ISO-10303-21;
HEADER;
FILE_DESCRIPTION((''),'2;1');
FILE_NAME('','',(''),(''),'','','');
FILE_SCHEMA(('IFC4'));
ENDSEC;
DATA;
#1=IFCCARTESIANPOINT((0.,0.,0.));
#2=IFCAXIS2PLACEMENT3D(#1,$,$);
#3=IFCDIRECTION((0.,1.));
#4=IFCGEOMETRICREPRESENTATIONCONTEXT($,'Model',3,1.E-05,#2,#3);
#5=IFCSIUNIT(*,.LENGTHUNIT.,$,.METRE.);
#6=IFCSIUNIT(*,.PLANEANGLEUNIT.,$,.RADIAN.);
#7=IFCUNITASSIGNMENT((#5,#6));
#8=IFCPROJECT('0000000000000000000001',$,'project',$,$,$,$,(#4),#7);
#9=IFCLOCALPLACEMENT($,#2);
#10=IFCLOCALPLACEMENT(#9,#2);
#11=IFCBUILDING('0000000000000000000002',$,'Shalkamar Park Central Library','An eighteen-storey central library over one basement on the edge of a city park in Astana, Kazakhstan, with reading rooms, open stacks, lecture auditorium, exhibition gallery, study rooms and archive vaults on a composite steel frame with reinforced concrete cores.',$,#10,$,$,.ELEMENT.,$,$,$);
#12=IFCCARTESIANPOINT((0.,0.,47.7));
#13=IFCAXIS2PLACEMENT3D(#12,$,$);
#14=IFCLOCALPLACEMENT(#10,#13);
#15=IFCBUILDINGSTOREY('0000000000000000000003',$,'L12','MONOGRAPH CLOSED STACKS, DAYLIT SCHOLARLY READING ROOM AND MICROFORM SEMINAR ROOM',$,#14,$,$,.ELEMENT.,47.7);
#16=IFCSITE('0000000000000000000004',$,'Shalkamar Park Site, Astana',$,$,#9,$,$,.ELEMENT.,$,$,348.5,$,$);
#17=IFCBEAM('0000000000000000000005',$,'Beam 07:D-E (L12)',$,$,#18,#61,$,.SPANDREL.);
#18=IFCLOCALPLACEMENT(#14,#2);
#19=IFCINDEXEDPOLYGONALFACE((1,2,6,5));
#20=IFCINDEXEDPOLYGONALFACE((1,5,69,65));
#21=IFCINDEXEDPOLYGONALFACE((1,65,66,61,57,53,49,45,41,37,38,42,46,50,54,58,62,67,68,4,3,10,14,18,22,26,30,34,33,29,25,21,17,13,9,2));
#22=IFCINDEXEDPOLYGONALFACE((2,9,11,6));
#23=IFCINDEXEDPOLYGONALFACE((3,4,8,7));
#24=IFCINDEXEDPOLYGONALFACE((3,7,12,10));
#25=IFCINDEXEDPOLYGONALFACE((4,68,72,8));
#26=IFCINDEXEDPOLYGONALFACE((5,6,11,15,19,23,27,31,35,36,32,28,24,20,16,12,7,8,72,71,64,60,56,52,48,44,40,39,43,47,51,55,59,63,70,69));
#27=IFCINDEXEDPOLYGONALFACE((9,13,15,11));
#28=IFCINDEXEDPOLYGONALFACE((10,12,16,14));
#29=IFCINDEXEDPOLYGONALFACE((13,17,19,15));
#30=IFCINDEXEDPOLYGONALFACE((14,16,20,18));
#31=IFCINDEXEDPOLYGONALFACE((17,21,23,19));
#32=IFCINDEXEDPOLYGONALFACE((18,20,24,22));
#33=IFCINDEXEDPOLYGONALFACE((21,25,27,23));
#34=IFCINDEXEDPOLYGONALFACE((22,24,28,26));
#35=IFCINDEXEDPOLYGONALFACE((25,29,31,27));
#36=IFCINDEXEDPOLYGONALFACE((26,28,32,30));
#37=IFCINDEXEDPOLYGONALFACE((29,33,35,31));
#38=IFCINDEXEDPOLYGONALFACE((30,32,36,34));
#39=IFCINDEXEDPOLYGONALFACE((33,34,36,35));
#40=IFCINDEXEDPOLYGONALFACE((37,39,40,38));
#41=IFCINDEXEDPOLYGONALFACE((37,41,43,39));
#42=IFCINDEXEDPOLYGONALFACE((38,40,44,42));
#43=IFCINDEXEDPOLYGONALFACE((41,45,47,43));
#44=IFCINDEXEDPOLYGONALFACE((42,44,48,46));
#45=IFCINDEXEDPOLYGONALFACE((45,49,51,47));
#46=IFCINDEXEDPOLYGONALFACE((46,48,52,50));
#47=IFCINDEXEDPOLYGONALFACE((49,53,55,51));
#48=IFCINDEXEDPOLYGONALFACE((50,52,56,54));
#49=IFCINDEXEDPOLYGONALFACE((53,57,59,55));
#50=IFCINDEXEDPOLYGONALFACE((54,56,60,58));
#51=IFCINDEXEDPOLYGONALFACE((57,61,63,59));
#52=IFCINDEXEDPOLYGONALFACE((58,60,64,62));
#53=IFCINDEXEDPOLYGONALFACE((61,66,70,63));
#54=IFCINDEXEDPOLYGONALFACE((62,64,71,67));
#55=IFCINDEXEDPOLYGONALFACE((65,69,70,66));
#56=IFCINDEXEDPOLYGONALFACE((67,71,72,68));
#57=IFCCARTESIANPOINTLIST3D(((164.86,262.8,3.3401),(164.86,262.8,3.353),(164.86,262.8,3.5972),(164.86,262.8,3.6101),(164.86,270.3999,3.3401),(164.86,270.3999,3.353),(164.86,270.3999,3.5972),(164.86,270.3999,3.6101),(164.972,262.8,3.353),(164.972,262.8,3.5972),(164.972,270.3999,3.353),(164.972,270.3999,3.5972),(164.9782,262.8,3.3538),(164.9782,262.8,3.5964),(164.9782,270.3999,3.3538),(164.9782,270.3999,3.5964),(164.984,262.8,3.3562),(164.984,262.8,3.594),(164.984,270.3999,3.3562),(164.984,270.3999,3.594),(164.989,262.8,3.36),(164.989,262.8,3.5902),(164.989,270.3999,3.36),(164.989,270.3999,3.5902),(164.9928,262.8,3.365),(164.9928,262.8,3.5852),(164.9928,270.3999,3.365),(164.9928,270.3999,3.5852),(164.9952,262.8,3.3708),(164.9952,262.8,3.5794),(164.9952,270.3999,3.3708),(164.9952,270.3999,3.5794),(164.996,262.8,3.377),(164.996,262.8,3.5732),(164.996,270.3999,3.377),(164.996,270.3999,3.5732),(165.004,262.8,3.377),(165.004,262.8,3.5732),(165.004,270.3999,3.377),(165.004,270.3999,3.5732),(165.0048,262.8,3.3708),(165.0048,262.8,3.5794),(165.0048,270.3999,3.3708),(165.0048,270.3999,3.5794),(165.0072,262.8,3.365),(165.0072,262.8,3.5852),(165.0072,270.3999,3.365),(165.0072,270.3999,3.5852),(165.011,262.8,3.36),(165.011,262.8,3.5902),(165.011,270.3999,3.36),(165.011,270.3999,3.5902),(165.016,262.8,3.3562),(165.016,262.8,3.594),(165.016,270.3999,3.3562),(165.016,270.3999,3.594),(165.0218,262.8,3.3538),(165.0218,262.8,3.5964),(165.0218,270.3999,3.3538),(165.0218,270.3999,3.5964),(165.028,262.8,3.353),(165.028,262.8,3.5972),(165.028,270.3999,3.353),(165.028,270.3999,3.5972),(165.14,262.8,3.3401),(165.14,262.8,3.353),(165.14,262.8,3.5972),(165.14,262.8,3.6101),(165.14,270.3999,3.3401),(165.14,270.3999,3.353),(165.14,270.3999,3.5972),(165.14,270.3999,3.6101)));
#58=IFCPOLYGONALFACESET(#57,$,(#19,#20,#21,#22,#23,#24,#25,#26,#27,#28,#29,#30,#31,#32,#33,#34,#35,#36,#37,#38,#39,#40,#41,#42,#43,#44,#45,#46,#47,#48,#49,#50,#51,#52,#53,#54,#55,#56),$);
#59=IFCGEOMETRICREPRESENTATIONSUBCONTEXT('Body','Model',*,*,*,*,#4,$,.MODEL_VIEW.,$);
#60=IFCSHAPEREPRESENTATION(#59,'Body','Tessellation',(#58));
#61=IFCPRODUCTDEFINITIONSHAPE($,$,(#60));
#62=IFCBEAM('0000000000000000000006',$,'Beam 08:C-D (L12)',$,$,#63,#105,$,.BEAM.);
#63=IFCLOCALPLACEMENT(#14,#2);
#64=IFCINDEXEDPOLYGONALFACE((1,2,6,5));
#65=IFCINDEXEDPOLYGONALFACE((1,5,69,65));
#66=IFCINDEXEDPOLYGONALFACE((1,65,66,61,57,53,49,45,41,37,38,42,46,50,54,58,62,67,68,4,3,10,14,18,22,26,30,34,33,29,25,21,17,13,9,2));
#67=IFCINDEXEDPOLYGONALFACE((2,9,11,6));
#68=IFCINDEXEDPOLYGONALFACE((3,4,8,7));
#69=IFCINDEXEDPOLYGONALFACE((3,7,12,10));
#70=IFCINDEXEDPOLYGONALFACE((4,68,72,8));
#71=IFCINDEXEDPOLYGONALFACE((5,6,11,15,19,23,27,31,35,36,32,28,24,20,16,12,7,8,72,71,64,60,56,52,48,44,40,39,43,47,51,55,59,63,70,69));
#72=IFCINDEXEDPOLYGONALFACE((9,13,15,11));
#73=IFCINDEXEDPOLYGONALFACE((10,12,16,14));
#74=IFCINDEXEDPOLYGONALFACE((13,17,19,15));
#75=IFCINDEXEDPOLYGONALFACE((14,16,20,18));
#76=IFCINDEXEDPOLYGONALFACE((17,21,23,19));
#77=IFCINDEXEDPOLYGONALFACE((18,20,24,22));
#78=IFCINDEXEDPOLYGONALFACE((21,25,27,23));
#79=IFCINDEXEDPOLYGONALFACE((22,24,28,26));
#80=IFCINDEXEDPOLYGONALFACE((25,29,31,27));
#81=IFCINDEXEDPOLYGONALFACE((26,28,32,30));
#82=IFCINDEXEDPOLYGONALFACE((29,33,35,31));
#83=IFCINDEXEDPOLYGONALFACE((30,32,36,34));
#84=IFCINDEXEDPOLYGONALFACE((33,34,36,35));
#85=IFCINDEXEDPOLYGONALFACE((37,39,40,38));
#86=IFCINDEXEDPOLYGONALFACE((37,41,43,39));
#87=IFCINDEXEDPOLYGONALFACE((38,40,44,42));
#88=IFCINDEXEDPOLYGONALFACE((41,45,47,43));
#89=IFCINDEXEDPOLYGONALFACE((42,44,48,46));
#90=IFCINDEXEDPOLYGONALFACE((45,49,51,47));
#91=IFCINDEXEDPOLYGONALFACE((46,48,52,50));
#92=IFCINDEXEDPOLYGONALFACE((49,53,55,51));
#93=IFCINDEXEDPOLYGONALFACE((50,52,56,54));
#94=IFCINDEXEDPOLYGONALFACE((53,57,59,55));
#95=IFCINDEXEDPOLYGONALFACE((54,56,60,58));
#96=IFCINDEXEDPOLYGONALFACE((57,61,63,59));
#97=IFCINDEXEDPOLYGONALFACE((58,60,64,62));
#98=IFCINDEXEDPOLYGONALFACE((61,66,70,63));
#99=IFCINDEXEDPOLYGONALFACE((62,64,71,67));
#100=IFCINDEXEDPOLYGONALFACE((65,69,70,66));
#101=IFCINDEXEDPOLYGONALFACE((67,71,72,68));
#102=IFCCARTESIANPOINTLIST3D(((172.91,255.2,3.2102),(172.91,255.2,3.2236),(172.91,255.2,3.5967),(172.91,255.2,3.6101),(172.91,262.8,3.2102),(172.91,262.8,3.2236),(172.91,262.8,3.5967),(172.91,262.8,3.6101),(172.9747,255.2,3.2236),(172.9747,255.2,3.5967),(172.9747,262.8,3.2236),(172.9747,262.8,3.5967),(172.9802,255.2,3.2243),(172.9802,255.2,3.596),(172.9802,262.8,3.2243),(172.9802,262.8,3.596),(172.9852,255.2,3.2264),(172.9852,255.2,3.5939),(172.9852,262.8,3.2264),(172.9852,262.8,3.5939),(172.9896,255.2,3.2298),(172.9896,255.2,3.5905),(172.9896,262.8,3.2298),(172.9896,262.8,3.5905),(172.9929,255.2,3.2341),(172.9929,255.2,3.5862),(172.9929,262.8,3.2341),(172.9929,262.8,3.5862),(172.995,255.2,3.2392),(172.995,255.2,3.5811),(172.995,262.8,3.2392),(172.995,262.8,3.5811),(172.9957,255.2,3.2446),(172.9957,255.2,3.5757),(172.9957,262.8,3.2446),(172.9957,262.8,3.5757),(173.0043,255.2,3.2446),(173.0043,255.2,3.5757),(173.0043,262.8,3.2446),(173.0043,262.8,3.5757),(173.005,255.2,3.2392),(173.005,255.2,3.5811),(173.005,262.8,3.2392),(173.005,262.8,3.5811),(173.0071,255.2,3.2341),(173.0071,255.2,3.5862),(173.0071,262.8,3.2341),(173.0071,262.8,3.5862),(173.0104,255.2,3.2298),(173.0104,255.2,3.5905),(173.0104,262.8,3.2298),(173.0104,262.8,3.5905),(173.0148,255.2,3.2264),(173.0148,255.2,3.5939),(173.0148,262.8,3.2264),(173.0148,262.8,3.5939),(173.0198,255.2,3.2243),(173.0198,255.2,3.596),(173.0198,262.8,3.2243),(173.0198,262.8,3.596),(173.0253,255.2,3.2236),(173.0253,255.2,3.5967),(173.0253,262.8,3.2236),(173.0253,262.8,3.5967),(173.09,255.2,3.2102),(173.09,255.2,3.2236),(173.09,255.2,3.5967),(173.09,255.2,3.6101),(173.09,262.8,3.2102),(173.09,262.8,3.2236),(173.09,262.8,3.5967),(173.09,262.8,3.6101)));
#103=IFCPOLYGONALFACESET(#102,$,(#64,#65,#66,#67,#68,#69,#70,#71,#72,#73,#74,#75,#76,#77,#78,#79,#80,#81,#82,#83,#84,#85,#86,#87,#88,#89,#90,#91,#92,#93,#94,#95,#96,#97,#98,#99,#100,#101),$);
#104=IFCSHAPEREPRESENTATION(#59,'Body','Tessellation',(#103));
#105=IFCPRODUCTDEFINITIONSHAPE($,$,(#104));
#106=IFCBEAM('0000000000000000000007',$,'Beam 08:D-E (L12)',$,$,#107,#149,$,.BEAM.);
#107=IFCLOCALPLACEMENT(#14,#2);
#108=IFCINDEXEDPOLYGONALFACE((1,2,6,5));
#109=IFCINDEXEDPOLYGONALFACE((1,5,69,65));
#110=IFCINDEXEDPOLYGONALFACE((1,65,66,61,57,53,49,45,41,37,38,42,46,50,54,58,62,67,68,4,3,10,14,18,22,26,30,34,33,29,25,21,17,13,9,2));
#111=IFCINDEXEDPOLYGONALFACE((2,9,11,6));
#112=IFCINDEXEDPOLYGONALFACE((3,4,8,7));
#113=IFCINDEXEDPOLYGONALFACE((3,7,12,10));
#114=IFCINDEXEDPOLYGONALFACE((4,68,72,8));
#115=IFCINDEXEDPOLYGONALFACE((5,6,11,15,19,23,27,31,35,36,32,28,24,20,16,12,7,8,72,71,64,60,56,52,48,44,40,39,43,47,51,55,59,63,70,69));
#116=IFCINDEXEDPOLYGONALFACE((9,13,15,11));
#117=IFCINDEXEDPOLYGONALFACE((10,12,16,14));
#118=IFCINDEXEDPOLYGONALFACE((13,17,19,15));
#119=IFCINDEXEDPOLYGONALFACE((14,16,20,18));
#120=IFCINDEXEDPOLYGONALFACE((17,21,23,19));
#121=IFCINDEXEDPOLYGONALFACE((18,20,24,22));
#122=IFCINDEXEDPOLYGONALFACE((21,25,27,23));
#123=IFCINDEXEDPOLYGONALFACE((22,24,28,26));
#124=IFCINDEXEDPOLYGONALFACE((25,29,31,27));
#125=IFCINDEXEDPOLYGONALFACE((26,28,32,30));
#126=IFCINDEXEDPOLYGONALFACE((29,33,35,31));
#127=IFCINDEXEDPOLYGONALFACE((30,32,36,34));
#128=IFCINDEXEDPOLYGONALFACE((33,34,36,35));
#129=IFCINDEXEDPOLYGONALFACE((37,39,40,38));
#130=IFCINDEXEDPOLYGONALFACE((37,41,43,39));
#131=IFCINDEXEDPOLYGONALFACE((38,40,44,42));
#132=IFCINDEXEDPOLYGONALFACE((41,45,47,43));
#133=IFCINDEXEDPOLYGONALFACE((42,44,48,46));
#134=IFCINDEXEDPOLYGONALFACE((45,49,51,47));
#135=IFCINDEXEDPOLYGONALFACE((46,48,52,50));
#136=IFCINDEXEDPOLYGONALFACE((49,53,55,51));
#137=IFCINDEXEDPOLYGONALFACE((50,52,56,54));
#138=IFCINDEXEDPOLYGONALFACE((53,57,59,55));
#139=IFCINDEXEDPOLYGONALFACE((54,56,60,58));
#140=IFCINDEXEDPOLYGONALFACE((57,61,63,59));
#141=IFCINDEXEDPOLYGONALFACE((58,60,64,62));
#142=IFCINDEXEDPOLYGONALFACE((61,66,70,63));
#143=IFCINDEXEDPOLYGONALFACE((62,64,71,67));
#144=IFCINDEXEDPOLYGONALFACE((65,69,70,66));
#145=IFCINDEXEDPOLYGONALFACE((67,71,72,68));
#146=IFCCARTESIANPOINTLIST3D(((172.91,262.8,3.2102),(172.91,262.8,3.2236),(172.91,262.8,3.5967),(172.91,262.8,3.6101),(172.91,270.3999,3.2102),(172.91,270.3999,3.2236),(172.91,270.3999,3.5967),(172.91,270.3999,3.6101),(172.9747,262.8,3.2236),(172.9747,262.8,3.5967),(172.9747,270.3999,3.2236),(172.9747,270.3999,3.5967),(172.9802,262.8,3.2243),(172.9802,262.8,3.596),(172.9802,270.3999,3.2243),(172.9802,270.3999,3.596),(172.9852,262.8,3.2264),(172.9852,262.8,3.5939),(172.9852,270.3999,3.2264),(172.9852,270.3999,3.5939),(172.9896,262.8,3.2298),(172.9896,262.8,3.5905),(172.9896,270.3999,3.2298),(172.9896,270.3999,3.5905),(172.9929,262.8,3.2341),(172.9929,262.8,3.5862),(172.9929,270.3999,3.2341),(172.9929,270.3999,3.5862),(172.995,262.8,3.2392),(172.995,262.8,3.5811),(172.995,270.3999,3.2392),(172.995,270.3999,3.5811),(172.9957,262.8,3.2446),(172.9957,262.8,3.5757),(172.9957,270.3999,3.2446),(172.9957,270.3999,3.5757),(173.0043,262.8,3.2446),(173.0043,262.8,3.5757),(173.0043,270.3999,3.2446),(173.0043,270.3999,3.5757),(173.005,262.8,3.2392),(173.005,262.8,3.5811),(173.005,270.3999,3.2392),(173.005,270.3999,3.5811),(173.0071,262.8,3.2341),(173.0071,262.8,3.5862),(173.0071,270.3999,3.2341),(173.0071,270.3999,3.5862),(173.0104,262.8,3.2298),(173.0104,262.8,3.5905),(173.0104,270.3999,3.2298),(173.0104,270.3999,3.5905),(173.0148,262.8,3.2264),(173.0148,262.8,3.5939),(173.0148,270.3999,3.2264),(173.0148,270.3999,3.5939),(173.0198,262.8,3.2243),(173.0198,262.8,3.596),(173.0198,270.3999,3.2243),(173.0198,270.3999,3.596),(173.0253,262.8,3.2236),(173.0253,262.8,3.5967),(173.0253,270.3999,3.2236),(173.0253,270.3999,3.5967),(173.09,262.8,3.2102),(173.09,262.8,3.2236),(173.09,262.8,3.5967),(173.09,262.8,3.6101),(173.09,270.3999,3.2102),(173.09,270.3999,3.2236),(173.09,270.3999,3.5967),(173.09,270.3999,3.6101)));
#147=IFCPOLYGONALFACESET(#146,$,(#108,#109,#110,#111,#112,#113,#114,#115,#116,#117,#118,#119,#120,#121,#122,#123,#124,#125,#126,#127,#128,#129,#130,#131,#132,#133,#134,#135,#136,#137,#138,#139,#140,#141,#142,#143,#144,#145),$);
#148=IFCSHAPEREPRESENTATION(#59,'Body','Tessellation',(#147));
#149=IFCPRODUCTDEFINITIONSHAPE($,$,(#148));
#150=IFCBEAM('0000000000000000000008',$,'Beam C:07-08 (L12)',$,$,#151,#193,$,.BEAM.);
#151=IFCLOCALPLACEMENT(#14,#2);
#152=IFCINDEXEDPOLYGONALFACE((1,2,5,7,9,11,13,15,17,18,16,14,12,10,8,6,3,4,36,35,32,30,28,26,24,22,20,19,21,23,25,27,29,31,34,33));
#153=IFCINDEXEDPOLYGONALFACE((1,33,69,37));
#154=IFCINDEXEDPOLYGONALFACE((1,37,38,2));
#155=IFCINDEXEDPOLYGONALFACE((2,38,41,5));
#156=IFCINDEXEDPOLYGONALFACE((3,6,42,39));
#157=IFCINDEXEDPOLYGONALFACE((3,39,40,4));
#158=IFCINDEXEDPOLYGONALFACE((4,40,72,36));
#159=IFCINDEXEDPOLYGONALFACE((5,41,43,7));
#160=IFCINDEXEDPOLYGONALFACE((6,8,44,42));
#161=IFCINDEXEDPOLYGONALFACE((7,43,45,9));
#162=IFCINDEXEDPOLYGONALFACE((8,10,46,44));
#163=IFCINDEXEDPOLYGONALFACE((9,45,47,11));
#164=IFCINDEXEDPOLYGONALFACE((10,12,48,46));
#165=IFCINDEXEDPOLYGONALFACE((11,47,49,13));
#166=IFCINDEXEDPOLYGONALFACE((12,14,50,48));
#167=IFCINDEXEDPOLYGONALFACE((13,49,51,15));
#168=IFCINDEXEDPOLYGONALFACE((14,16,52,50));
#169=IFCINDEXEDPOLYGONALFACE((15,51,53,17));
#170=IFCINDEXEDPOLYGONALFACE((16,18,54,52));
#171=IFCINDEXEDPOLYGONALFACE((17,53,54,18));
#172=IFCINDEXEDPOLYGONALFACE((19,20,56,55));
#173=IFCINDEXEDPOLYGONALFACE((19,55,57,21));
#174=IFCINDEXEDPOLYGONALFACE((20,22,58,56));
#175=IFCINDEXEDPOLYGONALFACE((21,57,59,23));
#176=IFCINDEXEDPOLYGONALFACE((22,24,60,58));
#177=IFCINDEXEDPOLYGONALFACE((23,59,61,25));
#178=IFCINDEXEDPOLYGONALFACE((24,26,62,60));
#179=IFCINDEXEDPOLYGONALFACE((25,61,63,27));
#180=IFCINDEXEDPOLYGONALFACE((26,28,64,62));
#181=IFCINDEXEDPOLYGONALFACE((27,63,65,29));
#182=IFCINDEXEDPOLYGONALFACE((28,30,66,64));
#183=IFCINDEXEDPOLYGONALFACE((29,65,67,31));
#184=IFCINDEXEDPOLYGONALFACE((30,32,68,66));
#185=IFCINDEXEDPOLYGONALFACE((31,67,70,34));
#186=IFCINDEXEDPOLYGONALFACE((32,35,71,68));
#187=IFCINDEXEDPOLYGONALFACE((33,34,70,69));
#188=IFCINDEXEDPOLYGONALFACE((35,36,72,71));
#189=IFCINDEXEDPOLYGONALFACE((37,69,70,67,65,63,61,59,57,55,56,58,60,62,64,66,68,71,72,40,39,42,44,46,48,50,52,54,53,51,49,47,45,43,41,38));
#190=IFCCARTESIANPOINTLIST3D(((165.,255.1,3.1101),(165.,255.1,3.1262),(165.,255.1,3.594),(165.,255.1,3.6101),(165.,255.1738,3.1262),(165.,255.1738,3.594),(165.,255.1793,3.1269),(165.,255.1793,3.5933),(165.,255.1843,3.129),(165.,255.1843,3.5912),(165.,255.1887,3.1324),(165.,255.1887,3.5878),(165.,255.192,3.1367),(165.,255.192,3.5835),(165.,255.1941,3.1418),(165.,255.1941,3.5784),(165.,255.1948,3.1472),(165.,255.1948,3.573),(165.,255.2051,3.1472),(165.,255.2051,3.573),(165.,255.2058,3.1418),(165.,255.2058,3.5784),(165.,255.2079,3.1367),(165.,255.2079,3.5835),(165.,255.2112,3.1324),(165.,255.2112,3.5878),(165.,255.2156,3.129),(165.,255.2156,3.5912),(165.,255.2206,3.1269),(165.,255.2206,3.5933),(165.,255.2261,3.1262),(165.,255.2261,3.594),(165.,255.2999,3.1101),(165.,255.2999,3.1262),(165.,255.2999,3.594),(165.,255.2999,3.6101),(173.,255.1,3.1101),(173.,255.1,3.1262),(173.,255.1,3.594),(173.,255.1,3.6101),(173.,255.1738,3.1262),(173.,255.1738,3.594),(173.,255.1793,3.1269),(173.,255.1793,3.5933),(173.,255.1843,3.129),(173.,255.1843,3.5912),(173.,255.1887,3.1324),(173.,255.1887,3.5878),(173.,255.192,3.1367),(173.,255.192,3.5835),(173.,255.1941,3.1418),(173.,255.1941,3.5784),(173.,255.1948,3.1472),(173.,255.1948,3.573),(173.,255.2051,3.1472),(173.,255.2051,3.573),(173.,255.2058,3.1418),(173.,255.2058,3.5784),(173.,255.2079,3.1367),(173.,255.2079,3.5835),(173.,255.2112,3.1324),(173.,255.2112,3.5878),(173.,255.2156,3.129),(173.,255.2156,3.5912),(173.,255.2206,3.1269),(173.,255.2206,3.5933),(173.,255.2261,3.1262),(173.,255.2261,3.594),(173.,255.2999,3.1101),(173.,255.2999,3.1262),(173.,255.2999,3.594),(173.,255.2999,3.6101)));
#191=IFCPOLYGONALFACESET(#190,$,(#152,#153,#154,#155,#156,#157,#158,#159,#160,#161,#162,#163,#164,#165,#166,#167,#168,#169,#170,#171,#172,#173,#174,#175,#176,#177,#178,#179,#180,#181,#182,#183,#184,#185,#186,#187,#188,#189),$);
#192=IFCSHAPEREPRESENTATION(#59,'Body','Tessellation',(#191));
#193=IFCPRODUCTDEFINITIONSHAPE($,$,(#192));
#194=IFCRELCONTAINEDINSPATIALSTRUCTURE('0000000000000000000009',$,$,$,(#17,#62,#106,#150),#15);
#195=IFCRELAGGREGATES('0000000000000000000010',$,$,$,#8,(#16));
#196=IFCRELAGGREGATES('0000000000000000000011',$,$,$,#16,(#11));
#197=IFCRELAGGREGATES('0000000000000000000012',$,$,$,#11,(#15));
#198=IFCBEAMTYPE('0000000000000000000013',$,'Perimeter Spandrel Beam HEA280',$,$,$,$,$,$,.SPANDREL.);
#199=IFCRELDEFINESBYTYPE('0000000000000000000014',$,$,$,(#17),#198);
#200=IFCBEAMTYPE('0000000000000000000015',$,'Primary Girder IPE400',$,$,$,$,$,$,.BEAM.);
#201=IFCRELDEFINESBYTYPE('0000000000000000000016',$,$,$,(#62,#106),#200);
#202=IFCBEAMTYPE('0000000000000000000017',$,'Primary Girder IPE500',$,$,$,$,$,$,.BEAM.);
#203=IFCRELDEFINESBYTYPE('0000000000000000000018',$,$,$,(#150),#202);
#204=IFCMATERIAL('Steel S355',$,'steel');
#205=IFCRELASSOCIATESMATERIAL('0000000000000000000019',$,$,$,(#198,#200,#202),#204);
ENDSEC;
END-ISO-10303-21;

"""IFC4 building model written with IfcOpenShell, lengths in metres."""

from ifc_helpers import new_model, si_unit, direction, frame, origin, origin_2d, place, context, subcontext, project, spatial, i_section, extrude, material, material_profile, profile_set, type_object, element, save


model = new_model("IFC4")

# Units and contexts
model_context = context("Model", 3, precision=1e-05, world=origin(), true_north=direction((0.0, 1.0)))
body_context = subcontext(model_context, "Body", "Model", "MODEL_VIEW")
ifc_project = project(units=[si_unit("LENGTHUNIT", "METRE"), si_unit("PLANEANGLEUNIT", "RADIAN")], contexts=[model_context])

# Site, building, storey
site_placement = place(None, origin())
site = spatial("IfcSite", under=ifc_project, at=site_placement, Name="Shalkamar Park Site, Astana", CompositionType="ELEMENT", RefElevation=348.5)
building_placement = place(site_placement, origin())
building = spatial("IfcBuilding", under=site, at=building_placement, Name="Shalkamar Park Central Library", Description="An eighteen-storey central library over one basement on the edge of a city park in Astana, Kazakhstan, with reading rooms, open stacks, lecture auditorium, exhibition gallery, study rooms and archive vaults on a composite steel frame with reinforced concrete cores.", CompositionType="ELEMENT")
storey_placement = place(building_placement, frame((0.0, 0.0, 47.7)))
storey = spatial("IfcBuildingStorey", under=building, at=storey_placement, Name="L12", Description="MONOGRAPH CLOSED STACKS, DAYLIT SCHOLARLY READING ROOM AND MICROFORM SEMINAR ROOM", CompositionType="ELEMENT", Elevation=47.7)

# Shared definitions
ifc_material_1 = material(Name="Steel S355", Category="steel")

# Beams
ifc_material_profile_1 = material_profile(ifc_material_1, i_section(OverallWidth=0.28, OverallDepth=0.27, WebThickness=0.0081, FlangeThickness=0.0129, FilletRadius=0.0239, at=origin_2d()), Name="HEA 280")
ifc_profile_set_1 = profile_set([ifc_material_profile_1], Name="Steel S355")
beam_type_1 = type_object("IfcBeamType", Name="Perimeter Spandrel Beam HEA280", PredefinedType="SPANDREL", material=ifc_profile_set_1)
beam_1_placement = place(storey_placement, frame((165.0, 262.8, 3.4751), z_axis=(0.0, 1.0, 0.0), x_axis=(-1.0, 0.0, 0.0)))
element("IfcBeam", 1, at=beam_1_placement, inside=storey, type_object=beam_type_1, Name="Beam 07:D-E (L12)", PredefinedType="SPANDREL", context=body_context, shape_type="SweptSolid", body=[
    extrude(i_section(OverallWidth=0.28, OverallDepth=0.27, WebThickness=0.0081, FlangeThickness=0.0129, FilletRadius=0.0239, at=origin_2d()), origin(), (0.0, 0.0, 1.0), 7.5999),
])
ifc_material_profile_2 = material_profile(ifc_material_1, i_section(OverallWidth=0.1799, OverallDepth=0.3999, WebThickness=0.0085, FlangeThickness=0.0134, FilletRadius=0.021, at=origin_2d()), Name="IPE 400")
ifc_profile_set_2 = profile_set([ifc_material_profile_2], Name="Steel S355")
beam_type_2 = type_object("IfcBeamType", Name="Primary Girder IPE400", PredefinedType="BEAM", material=ifc_profile_set_2)
beam_2_placement = place(storey_placement, frame((173.0, 255.2, 3.4102), z_axis=(0.0, 1.0, 0.0), x_axis=(-1.0, 0.0, 0.0)))
element("IfcBeam", 2, at=beam_2_placement, inside=storey, type_object=beam_type_2, Name="Beam 08:C-D (L12)", PredefinedType="BEAM", context=body_context, shape_type="SweptSolid", body=[
    extrude(i_section(OverallWidth=0.1799, OverallDepth=0.3999, WebThickness=0.0085, FlangeThickness=0.0134, FilletRadius=0.021, at=origin_2d()), origin(), (0.0, 0.0, 1.0), 7.6001),
])
beam_3_placement = place(storey_placement, frame((173.0, 262.8, 3.4102), z_axis=(0.0, 1.0, 0.0), x_axis=(-1.0, 0.0, 0.0)))
element("IfcBeam", 3, at=beam_3_placement, inside=storey, type_object=beam_type_2, Name="Beam 08:D-E (L12)", PredefinedType="BEAM", context=body_context, shape_type="SweptSolid", body=[
    extrude(i_section(OverallWidth=0.1799, OverallDepth=0.3999, WebThickness=0.0085, FlangeThickness=0.0134, FilletRadius=0.021, at=origin_2d()), origin(), (0.0, 0.0, 1.0), 7.5999),
])
ifc_material_profile_3 = material_profile(ifc_material_1, i_section(OverallWidth=0.2, OverallDepth=0.5, WebThickness=0.0103, FlangeThickness=0.0161, FilletRadius=0.021, at=origin_2d()), Name="IPE 500")
ifc_profile_set_3 = profile_set([ifc_material_profile_3], Name="Steel S355")
beam_type_3 = type_object("IfcBeamType", Name="Primary Girder IPE500", PredefinedType="BEAM", material=ifc_profile_set_3)
for number, where, z_axis, x_axis, name in (
    (4, (165.0, 255.2, 3.3601), (1.0, 0.0, 0.0), (0.0, 1.0, 0.0), "Beam C:07-08 (L12)"),
):
    element("IfcBeam", number, at=place(storey_placement, frame(where, z_axis=z_axis, x_axis=x_axis)), inside=storey, type_object=beam_type_3, Name=name, PredefinedType="BEAM", context=body_context, shape_type="SweptSolid", body=[
        extrude(i_section(OverallWidth=0.2, OverallDepth=0.5, WebThickness=0.0103, FlangeThickness=0.0161, FilletRadius=0.021, at=origin_2d()), origin(), (0.0, 0.0, 1.0), 8.0),
    ])

save(model, "model.ifc")
